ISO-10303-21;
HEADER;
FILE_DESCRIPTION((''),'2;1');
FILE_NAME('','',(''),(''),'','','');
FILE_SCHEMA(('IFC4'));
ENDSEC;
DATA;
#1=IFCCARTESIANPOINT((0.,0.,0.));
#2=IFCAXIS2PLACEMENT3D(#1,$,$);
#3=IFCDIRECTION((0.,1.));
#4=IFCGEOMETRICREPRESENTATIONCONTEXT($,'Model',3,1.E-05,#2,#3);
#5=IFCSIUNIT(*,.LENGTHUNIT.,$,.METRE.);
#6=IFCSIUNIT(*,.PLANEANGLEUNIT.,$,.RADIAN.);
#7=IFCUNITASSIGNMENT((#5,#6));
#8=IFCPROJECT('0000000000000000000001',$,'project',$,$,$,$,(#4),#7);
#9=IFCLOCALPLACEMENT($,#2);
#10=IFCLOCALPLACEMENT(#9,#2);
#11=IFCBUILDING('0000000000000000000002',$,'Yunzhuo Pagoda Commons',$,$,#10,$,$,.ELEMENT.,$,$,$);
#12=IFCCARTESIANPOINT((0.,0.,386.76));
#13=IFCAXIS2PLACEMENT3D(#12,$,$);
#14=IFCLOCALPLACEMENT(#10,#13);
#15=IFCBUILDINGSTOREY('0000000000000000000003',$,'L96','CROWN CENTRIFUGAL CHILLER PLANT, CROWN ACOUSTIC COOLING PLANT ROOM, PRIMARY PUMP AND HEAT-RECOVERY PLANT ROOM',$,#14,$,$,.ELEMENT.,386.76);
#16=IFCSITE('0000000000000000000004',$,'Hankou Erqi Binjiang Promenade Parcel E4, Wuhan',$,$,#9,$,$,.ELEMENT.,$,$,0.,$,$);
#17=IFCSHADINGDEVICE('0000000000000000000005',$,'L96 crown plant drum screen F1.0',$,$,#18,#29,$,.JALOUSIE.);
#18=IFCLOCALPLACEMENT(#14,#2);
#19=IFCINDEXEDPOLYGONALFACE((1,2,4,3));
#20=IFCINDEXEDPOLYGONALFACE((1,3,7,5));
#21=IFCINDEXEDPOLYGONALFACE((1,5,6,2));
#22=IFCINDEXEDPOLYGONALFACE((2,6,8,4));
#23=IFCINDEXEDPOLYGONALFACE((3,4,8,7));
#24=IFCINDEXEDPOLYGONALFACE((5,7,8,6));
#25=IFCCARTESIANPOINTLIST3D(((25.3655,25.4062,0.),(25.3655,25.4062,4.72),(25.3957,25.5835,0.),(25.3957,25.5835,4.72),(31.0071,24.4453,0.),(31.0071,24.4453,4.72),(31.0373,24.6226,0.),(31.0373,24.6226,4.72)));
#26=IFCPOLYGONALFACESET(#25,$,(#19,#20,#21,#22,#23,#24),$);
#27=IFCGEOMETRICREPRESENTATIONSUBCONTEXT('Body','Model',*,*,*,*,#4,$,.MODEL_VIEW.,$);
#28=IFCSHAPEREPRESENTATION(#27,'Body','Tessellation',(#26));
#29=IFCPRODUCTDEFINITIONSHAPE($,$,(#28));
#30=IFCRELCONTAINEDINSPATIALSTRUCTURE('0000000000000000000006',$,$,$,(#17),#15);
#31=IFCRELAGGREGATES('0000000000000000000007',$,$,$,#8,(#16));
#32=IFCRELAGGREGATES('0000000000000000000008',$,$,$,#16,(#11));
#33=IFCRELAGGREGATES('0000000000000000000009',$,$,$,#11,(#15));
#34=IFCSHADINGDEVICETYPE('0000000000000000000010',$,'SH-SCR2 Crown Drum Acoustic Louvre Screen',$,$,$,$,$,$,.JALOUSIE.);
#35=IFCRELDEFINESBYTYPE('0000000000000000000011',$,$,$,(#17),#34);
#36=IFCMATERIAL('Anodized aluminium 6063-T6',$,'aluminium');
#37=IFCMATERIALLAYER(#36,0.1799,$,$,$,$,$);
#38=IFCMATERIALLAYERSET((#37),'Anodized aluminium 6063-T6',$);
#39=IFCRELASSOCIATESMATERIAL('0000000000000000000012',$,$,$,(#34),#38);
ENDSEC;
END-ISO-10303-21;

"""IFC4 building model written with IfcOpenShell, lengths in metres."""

from ifc_helpers import new_model, si_unit, direction, frame, origin, origin_2d, place, context, subcontext, project, spatial, rectangle, extrude, source, transform, mapped, material, layer, layer_set, type_object, element, save


model = new_model("IFC4")

# Units and contexts
model_context = context("Model", 3, precision=1e-05, world=origin(), true_north=direction((0.0, 1.0)))
body_context = subcontext(model_context, "Body", "Model", "MODEL_VIEW")
ifc_project = project(units=[si_unit("LENGTHUNIT", "METRE"), si_unit("PLANEANGLEUNIT", "RADIAN")], contexts=[model_context])

# Site, building, storey
site_placement = place(None, origin())
site = spatial("IfcSite", under=ifc_project, at=site_placement, Name="Hankou Erqi Binjiang Promenade Parcel E4, Wuhan", CompositionType="ELEMENT", RefElevation=0.0)
building_placement = place(site_placement, origin())
building = spatial("IfcBuilding", under=site, at=building_placement, Name="Yunzhuo Pagoda Commons", CompositionType="ELEMENT")
storey_placement = place(building_placement, frame((0.0, 0.0, 386.76)))
storey = spatial("IfcBuildingStorey", under=building, at=storey_placement, Name="L96", Description="CROWN CENTRIFUGAL CHILLER PLANT, CROWN ACOUSTIC COOLING PLANT ROOM, PRIMARY PUMP AND HEAT-RECOVERY PLANT ROOM", CompositionType="ELEMENT", Elevation=386.76)

# Shared definitions
ifc_material_1 = material(Name="Anodized aluminium 6063-T6", Category="aluminium")

# Shading device
ifc_layer_1 = layer(ifc_material_1, 0.1799)
ifc_layer_set_1 = layer_set([ifc_layer_1], Name="Anodized aluminium 6063-T6")
shading_device_type = type_object("IfcShadingDeviceType", Name="SH-SCR2 Crown Drum Acoustic Louvre Screen", PredefinedType="JALOUSIE", material=ifc_layer_set_1)
shared_shape_1 = source(origin(), body_context, "Body", "SweptSolid", [
    extrude(rectangle(XDim=5.7229, YDim=0.1799, at=origin_2d()), origin(), (0.0, 0.0, 1.0), 4.72),
])
shading_device_placement = place(storey_placement, frame((28.2014, 25.0144, 0.0), z_axis=(0.0, 0.0, 1.0), x_axis=(0.985803, -0.167904, 0.0)))
element("IfcShadingDevice", 1, at=shading_device_placement, inside=storey, type_object=shading_device_type, Name="L96 crown plant drum screen F1.0", PredefinedType="JALOUSIE", context=body_context, shape_type="MappedRepresentation", body=[
    mapped(shared_shape_1, transform((0.0, 0.0, 0.0), scale=1.0)),
])

save(model, "model.ifc")
